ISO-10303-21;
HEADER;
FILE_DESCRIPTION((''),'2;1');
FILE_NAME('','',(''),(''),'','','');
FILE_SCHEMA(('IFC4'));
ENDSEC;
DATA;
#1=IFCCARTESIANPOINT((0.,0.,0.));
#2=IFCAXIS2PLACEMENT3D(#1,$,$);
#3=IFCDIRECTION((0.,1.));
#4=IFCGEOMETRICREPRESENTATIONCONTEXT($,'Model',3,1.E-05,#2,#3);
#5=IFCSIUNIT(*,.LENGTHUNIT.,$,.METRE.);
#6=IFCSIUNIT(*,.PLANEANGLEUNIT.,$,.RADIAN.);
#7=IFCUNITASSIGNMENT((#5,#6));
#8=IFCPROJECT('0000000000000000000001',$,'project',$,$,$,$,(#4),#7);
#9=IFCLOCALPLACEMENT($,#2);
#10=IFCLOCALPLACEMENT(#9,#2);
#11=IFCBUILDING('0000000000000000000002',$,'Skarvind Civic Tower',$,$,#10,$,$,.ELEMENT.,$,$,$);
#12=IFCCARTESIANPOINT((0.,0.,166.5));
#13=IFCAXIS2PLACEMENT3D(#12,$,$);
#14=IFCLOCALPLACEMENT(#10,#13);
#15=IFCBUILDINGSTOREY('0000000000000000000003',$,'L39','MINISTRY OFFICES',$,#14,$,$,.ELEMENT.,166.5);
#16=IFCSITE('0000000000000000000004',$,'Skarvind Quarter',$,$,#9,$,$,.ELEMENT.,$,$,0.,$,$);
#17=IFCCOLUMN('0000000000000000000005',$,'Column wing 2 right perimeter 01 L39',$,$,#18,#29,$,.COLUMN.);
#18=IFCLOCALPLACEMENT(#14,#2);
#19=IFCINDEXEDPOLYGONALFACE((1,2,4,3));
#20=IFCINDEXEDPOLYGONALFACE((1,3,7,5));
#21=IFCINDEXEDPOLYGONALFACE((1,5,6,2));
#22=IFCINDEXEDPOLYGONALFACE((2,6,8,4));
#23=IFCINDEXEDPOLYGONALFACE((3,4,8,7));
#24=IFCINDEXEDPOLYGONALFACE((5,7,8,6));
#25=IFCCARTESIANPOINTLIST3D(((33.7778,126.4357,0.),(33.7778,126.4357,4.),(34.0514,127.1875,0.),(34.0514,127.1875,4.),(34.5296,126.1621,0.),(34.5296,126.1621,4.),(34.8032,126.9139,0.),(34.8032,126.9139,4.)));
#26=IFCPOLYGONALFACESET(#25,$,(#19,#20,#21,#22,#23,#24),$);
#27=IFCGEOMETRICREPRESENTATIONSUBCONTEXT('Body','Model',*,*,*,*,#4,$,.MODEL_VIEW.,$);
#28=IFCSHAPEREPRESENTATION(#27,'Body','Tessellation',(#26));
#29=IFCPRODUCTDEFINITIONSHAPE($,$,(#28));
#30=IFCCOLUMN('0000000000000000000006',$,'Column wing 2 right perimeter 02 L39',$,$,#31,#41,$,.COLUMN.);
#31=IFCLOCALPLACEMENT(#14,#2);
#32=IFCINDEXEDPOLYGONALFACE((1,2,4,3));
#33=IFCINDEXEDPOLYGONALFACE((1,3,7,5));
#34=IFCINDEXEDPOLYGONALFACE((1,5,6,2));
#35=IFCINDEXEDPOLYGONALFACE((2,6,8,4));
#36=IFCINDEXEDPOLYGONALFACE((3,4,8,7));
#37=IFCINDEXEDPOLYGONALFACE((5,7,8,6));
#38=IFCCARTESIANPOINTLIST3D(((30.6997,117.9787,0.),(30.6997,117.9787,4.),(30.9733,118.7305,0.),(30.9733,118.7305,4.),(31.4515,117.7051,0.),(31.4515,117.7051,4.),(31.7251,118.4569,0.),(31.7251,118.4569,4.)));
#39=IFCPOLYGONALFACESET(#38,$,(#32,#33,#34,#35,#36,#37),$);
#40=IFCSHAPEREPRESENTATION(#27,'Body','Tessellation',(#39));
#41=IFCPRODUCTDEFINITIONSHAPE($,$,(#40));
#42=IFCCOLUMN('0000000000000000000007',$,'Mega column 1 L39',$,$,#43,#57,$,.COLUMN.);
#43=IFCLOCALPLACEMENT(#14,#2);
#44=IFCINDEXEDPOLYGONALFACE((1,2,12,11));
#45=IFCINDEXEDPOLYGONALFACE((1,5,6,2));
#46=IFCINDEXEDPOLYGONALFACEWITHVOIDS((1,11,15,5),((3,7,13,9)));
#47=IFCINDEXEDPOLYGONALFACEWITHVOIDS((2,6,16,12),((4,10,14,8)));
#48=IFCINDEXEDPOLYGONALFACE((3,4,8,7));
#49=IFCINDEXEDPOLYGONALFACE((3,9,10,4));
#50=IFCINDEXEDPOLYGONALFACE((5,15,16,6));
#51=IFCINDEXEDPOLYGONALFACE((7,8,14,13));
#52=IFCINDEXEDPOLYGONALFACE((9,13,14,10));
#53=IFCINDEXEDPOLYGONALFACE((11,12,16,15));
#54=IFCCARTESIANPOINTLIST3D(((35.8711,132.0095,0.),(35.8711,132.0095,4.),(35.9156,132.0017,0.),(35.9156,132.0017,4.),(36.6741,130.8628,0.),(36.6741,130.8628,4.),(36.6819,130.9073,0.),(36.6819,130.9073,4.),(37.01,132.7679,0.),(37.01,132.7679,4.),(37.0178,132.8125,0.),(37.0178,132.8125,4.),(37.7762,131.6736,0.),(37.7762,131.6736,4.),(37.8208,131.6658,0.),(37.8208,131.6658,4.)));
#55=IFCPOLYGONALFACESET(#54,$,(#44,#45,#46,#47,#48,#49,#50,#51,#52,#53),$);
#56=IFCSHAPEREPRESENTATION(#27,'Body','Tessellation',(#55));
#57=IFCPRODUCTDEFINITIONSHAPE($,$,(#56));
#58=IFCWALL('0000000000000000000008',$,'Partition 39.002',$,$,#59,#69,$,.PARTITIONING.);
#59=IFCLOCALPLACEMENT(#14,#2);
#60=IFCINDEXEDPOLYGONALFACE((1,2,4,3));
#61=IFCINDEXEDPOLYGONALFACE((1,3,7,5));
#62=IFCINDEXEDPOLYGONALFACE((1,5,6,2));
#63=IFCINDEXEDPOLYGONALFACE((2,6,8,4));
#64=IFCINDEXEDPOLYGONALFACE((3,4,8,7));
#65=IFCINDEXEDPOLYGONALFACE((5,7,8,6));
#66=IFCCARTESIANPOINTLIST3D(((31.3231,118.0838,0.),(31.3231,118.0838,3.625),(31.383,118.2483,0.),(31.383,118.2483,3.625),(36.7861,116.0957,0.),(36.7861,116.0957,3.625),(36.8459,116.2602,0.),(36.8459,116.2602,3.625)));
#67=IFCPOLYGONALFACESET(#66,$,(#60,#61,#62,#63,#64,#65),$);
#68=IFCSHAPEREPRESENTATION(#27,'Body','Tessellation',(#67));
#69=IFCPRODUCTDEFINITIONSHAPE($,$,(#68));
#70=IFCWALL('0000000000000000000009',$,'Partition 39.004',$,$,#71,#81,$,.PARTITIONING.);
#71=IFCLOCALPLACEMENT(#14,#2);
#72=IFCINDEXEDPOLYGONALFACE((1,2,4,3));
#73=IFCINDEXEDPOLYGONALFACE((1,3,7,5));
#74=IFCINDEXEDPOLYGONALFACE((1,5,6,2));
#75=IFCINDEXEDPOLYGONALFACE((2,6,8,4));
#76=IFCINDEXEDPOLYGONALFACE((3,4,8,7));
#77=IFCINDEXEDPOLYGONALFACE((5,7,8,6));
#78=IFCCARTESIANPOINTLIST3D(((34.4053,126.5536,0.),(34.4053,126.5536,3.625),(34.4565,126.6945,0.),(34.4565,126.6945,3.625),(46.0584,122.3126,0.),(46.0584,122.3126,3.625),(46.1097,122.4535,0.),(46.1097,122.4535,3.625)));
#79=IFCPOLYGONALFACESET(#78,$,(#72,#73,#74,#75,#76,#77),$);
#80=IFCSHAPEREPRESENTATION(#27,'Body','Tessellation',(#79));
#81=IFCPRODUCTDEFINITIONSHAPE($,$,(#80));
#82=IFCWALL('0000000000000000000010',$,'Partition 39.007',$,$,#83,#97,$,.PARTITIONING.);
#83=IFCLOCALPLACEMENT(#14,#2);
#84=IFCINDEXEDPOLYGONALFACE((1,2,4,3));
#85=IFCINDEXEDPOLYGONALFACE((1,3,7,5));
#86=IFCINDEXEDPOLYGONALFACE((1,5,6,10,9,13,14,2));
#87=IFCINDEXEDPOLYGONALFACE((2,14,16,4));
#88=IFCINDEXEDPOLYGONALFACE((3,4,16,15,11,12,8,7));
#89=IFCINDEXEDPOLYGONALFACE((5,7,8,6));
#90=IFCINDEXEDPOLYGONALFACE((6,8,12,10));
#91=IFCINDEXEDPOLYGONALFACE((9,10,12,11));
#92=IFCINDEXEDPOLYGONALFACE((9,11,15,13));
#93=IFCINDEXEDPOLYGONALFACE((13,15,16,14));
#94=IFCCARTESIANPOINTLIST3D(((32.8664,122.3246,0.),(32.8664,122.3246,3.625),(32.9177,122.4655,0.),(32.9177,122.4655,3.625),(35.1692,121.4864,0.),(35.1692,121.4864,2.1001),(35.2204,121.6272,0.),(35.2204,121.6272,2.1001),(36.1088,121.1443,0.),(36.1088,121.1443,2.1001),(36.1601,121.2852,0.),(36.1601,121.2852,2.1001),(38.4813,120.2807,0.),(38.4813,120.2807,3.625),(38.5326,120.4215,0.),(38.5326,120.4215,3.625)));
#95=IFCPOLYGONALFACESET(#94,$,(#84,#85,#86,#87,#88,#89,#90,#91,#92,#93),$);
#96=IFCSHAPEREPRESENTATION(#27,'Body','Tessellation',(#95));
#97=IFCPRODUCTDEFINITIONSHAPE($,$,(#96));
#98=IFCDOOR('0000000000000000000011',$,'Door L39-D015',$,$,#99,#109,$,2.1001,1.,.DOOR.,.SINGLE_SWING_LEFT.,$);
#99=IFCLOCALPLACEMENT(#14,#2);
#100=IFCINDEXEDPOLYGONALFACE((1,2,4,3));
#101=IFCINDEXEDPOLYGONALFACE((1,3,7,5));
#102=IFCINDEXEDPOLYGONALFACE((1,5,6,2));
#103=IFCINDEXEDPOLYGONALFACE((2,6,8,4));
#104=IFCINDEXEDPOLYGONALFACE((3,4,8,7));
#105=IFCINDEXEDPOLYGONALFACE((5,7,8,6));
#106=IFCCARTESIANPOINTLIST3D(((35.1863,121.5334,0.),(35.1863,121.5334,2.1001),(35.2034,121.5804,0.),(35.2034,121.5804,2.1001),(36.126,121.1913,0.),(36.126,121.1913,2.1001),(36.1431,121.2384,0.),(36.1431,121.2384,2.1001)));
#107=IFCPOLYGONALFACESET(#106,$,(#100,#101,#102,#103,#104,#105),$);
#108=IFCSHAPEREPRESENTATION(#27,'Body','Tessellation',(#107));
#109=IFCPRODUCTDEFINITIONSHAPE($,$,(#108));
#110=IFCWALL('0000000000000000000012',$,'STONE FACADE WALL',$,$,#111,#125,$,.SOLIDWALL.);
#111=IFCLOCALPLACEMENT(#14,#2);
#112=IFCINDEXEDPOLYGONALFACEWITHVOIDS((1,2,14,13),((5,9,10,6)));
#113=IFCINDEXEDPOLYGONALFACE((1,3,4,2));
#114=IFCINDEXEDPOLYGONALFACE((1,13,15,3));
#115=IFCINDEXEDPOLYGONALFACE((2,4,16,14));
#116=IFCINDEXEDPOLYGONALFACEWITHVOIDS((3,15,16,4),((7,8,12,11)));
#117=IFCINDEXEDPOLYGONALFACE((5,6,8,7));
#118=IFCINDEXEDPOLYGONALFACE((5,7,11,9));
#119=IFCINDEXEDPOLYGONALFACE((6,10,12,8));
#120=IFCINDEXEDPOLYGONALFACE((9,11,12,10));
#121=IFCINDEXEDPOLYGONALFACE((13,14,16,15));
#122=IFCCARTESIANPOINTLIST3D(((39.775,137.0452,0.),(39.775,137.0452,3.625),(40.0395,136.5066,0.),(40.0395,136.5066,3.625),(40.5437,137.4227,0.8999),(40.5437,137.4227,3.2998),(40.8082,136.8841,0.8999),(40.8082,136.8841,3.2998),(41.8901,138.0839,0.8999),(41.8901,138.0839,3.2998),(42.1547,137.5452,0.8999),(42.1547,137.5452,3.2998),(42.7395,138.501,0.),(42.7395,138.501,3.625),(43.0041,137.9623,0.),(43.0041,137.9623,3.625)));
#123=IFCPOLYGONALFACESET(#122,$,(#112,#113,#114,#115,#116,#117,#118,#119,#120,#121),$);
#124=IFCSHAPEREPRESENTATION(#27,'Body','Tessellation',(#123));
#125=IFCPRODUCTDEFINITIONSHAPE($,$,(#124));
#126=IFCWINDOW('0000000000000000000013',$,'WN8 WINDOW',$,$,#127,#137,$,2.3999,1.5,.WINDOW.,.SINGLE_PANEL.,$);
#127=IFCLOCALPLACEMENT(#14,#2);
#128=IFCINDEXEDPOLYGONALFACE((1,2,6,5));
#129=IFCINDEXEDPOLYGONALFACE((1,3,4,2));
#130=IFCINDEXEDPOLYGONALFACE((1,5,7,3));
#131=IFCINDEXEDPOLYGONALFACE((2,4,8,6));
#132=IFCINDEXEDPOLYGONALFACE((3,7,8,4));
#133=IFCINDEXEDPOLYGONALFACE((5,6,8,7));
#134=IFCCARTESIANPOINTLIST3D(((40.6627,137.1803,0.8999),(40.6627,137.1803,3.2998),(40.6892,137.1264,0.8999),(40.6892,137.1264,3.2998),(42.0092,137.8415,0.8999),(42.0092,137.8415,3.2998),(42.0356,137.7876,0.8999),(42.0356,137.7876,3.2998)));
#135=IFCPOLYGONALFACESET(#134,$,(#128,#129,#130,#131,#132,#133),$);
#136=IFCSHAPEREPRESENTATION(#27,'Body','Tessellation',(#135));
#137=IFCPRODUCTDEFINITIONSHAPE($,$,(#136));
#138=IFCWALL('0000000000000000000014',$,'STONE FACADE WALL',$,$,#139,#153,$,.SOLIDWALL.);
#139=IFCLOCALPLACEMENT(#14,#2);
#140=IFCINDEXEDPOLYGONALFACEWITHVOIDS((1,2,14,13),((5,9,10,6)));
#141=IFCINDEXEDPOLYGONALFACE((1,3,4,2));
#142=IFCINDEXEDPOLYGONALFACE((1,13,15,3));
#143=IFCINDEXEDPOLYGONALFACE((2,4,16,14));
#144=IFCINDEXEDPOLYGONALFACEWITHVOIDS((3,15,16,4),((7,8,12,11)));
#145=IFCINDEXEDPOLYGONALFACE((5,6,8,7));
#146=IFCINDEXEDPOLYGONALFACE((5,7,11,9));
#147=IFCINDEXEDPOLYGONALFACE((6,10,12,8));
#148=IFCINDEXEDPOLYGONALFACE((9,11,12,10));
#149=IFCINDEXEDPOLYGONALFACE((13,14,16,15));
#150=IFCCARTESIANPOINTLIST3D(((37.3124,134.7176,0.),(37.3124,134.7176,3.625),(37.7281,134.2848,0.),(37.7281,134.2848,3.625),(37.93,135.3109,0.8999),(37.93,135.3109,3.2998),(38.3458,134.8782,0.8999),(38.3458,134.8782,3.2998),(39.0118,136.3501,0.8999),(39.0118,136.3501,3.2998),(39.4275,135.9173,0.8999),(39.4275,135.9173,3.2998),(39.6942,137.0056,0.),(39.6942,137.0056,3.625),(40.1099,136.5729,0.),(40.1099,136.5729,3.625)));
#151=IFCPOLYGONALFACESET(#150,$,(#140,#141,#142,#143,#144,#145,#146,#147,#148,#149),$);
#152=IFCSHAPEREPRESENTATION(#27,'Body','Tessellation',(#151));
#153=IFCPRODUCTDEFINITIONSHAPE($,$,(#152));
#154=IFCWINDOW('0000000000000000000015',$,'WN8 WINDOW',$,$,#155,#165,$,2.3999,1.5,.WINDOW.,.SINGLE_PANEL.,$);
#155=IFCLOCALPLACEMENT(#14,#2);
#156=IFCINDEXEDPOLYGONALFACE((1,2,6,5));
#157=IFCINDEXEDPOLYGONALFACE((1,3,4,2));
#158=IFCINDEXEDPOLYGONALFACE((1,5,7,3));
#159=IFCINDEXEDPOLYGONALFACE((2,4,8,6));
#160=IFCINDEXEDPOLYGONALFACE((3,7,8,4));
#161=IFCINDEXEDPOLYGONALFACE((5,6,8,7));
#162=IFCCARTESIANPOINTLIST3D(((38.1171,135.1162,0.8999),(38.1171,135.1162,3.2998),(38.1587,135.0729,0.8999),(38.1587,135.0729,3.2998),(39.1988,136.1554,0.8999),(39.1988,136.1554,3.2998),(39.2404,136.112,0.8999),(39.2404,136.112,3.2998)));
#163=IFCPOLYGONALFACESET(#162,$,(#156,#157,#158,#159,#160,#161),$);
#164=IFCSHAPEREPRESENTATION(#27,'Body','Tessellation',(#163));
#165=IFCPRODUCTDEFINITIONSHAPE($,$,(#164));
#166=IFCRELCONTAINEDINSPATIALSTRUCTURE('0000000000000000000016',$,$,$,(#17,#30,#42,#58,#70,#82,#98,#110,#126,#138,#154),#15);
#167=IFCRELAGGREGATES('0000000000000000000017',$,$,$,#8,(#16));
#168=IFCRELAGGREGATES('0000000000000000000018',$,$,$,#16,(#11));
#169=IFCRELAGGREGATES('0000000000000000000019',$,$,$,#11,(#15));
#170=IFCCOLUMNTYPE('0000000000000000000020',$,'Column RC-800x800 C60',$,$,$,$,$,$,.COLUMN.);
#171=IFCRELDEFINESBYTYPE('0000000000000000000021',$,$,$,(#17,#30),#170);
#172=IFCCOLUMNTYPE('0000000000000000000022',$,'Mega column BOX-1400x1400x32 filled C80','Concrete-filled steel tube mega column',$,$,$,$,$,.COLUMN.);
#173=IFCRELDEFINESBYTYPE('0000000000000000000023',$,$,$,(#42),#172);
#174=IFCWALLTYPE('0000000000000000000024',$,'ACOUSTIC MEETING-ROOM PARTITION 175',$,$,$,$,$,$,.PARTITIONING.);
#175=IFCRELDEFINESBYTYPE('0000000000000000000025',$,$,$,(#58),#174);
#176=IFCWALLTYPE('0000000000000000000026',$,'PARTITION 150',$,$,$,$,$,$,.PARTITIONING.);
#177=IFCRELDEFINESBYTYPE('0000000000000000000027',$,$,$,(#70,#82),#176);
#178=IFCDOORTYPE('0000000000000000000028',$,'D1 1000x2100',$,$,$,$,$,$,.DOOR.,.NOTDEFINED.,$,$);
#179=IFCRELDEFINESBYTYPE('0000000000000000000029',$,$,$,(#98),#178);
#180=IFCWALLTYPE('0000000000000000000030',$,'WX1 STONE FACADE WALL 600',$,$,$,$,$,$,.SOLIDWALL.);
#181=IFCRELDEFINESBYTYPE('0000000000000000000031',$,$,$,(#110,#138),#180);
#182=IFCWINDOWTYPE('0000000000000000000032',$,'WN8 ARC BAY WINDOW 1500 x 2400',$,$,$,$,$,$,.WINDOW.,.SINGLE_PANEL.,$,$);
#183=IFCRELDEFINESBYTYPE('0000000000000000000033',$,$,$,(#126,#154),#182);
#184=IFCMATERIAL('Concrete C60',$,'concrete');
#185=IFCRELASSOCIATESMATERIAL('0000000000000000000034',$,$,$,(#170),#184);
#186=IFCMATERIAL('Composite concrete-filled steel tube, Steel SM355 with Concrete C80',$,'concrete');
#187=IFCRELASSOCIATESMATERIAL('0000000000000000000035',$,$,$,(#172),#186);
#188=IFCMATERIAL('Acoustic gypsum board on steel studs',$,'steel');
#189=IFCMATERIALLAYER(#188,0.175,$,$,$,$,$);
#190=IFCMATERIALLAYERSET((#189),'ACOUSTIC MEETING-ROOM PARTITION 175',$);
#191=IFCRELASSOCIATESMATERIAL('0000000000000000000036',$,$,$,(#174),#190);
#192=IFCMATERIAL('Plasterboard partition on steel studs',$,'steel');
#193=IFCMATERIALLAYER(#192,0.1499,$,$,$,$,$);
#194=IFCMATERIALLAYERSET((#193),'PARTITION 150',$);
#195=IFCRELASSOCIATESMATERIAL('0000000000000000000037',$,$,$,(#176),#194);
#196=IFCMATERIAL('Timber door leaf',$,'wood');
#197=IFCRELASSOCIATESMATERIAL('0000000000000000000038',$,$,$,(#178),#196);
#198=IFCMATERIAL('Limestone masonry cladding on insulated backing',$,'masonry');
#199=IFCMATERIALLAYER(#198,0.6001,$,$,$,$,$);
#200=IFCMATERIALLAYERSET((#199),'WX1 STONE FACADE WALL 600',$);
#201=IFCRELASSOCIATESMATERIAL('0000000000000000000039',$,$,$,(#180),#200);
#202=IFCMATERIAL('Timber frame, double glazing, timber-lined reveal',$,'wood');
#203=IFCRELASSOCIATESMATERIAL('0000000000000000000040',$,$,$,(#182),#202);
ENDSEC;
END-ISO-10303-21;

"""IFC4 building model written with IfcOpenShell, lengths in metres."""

from ifc_helpers import new_model, si_unit, direction, frame, frame_2d, origin, origin_2d, place, context, subcontext, project, spatial, rectangle, hollow_rectangle, extrude, material, layer, layer_set, material_profile, profile_set, type_object, element, fill, save


model = new_model("IFC4")

# Units and contexts
model_context = context("Model", 3, precision=1e-05, world=origin(), true_north=direction((0.0, 1.0)))
body_context = subcontext(model_context, "Body", "Model", "MODEL_VIEW")
ifc_project = project(units=[si_unit("LENGTHUNIT", "METRE"), si_unit("PLANEANGLEUNIT", "RADIAN")], contexts=[model_context])

# Site, building, storey
site_placement = place(None, origin())
site = spatial("IfcSite", under=ifc_project, at=site_placement, Name="Skarvind Quarter", CompositionType="ELEMENT", RefElevation=0.0)
building_placement = place(site_placement, origin())
building = spatial("IfcBuilding", under=site, at=building_placement, Name="Skarvind Civic Tower", CompositionType="ELEMENT")
storey_placement = place(building_placement, frame((0.0, 0.0, 166.5)))
storey = spatial("IfcBuildingStorey", under=building, at=storey_placement, Name="L39", Description="MINISTRY OFFICES", CompositionType="ELEMENT", Elevation=166.5)

# Columns
ifc_material_1 = material(Name="Concrete C60", Category="concrete")
ifc_material_profile_1 = material_profile(ifc_material_1, rectangle(XDim=0.8, YDim=0.8, at=origin_2d()), Name="RC-800x800")
ifc_profile_set_1 = profile_set([ifc_material_profile_1], Name="Concrete C60")
column_type_1 = type_object("IfcColumnType", Name="Column RC-800x800 C60", PredefinedType="COLUMN", material=ifc_profile_set_1)
for number, where, z_axis, x_axis, name in (
    (1, (34.2905, 126.6748, 0.0), (0.0, 0.0, 1.0), (-0.34202, -0.939693, 0.0), "Column wing 2 right perimeter 01 L39"),
    (2, (31.2124, 118.2178, 0.0), (0.0, 0.0, 1.0), (-0.34202, -0.939693, 0.0), "Column wing 2 right perimeter 02 L39"),
):
    element("IfcColumn", number, at=place(storey_placement, frame(where, z_axis=z_axis, x_axis=x_axis)), inside=storey, type_object=column_type_1, Name=name, PredefinedType="COLUMN", context=body_context, shape_type="SweptSolid", body=[
        extrude(rectangle(XDim=0.8, YDim=0.8, at=origin_2d()), origin(), (0.0, 0.0, 1.0), 4.0),
    ])
ifc_material_2 = material(Name="Composite concrete-filled steel tube, Steel SM355 with Concrete C80", Category="concrete")
ifc_material_profile_2 = material_profile(ifc_material_2, hollow_rectangle(XDim=1.3999, YDim=1.3999, WallThickness=0.032, at=origin_2d()), Name="BOX-1400x1400x32")
ifc_profile_set_2 = profile_set([ifc_material_profile_2], Name="Composite concrete-filled steel tube, Steel SM355 with Concrete C80")
column_type_2 = type_object("IfcColumnType", Name="Mega column BOX-1400x1400x32 filled C80", Description="Concrete-filled steel tube mega column", PredefinedType="COLUMN", material=ifc_profile_set_2)
column_placement = place(storey_placement, frame((36.8459, 131.8376, 0.0), z_axis=(0.0, 0.0, 1.0), x_axis=(0.573576, -0.819152, 0.0)))
element("IfcColumn", 3, at=column_placement, inside=storey, type_object=column_type_2, Name="Mega column 1 L39", PredefinedType="COLUMN", context=body_context, shape_type="SweptSolid", body=[
    extrude(hollow_rectangle(XDim=1.3999, YDim=1.3999, WallThickness=0.032, at=origin_2d()), origin(), (0.0, 0.0, 1.0), 4.0),
])

# Walls
ifc_material_3 = material(Name="Acoustic gypsum board on steel studs", Category="steel")
ifc_layer_1 = layer(ifc_material_3, 0.175)
ifc_layer_set_1 = layer_set([ifc_layer_1], Name="ACOUSTIC MEETING-ROOM PARTITION 175")
wall_type_1 = type_object("IfcWallType", Name="ACOUSTIC MEETING-ROOM PARTITION 175", PredefinedType="PARTITIONING", material=ifc_layer_set_1)
wall_1_placement = place(storey_placement, frame((31.353, 118.166, 0.0), z_axis=(0.0, 0.0, 1.0), x_axis=(0.939709, -0.341976, 0.0)))
element("IfcWall", 4, at=wall_1_placement, inside=storey, type_object=wall_type_1, Name="Partition 39.002", PredefinedType="PARTITIONING", context=body_context, shape_type="SweptSolid", body=[
    extrude(rectangle(XDim=5.8135, YDim=0.175, at=frame_2d((2.9067, 0.0))), origin(), (0.0, 0.0, 1.0), 3.625),
])
ifc_material_4 = material(Name="Plasterboard partition on steel studs", Category="steel")
ifc_layer_2 = layer(ifc_material_4, 0.1499)
ifc_layer_set_2 = layer_set([ifc_layer_2], Name="PARTITION 150")
wall_type_2 = type_object("IfcWallType", Name="PARTITION 150", PredefinedType="PARTITIONING", material=ifc_layer_set_2)
wall_2_placement = place(storey_placement, frame((34.4309, 126.624, 0.0), z_axis=(0.0, 0.0, 1.0), x_axis=(0.939703, -0.341991, 0.0)))
element("IfcWall", 5, at=wall_2_placement, inside=storey, type_object=wall_type_2, Name="Partition 39.004", PredefinedType="PARTITIONING", context=body_context, shape_type="SweptSolid", body=[
    extrude(rectangle(XDim=12.4009, YDim=0.1499, at=frame_2d((6.2004, 0.0))), origin(), (0.0, 0.0, 1.0), 3.625),
])

# Wall, opening, door
wall_3_placement = place(storey_placement, frame((38.5071, 120.3511, 0.0), z_axis=(0.0, 0.0, 1.0), x_axis=(-0.939679, 0.342058, 0.0)))
wall_3 = element("IfcWall", 6, at=wall_3_placement, inside=storey, type_object=wall_type_2, Name="Partition 39.007", PredefinedType="PARTITIONING", context=body_context, shape_type="SweptSolid", body=[
    extrude(rectangle(XDim=5.9753, YDim=0.1499, at=frame_2d((2.9878, 0.0))), origin(), (0.0, 0.0, 1.0), 3.625),
])
opening_1_placement = place(wall_3_placement, frame((2.5249, 0.0, 0.0)))
opening_1 = element("IfcOpeningElement", 7, at=opening_1_placement, cuts=wall_3, PredefinedType="OPENING", context=body_context, shape_type="SweptSolid", body=[
    extrude(rectangle(XDim=1.0, YDim=2.1001, at=frame_2d((0.5, 1.05))), frame((0.0, 0.085, 0.0), z_axis=(0.0, -1.0, 0.0), x_axis=(1.0, 0.0, 0.0)), (0.0, 0.0, 1.0), 0.1699),
])
ifc_material_5 = material(Name="Timber door leaf", Category="wood")
door_type = type_object("IfcDoorType", Name="D1 1000x2100", OperationType="NOTDEFINED", PredefinedType="DOOR", material=ifc_material_5)
door_placement = place(opening_1_placement, origin())
door = element("IfcDoor", 8, at=door_placement, inside=storey, type_object=door_type, Name="Door L39-D015", OperationType="SINGLE_SWING_LEFT", OverallHeight=2.1001, OverallWidth=1.0, PredefinedType="DOOR", context=body_context, shape_type="SweptSolid", body=[
    extrude(rectangle(XDim=1.0, YDim=2.1001, at=frame_2d((0.5, 1.05))), frame((0.0, 0.0249, 0.0), z_axis=(0.0, -1.0, 0.0), x_axis=(1.0, 0.0, 0.0)), (0.0, 0.0, 1.0), 0.05),
])
fill(opening_1, door)

# Walls, openings, windows
ifc_material_6 = material(Name="Limestone masonry cladding on insulated backing", Category="masonry")
ifc_layer_3 = layer(ifc_material_6, 0.6001)
ifc_layer_set_3 = layer_set([ifc_layer_3], Name="WX1 STONE FACADE WALL 600")
wall_type_3 = type_object("IfcWallType", Name="WX1 STONE FACADE WALL 600", PredefinedType="SOLIDWALL", material=ifc_layer_set_3)
wall_4_placement = place(storey_placement, frame((39.9072, 136.7759, 0.0), z_axis=(0.0, 0.0, 1.0), x_axis=(0.897612, 0.440786, 0.0)))
wall_4 = element("IfcWall", 9, at=wall_4_placement, inside=storey, type_object=wall_type_3, Name="STONE FACADE WALL", PredefinedType="SOLIDWALL", context=body_context, shape_type="SweptSolid", body=[
    extrude(rectangle(XDim=3.3027, YDim=0.6001, at=frame_2d((1.6514, 0.0))), origin(), (0.0, 0.0, 1.0), 3.625),
])
opening_2_placement = place(wall_4_placement, frame((0.8564, 0.0, 0.8999)))
opening_2 = element("IfcOpeningElement", 10, at=opening_2_placement, cuts=wall_4, PredefinedType="OPENING", context=body_context, shape_type="SweptSolid", body=[
    extrude(rectangle(XDim=1.5, YDim=2.3999, at=frame_2d((0.75, 1.2))), frame((0.0, 0.3101, 0.0), z_axis=(0.0, -1.0, 0.0), x_axis=(1.0, 0.0, 0.0)), (0.0, 0.0, 1.0), 0.6201),
])
ifc_material_7 = material(Name="Timber frame, double glazing, timber-lined reveal", Category="wood")
window_type = type_object("IfcWindowType", Name="WN8 ARC BAY WINDOW 1500 x 2400", PartitioningType="SINGLE_PANEL", PredefinedType="WINDOW", material=ifc_material_7)
window_1_placement = place(opening_2_placement, origin())
window_1 = element("IfcWindow", 11, at=window_1_placement, inside=storey, type_object=window_type, Name="WN8 WINDOW", OverallHeight=2.3999, OverallWidth=1.5, PartitioningType="SINGLE_PANEL", PredefinedType="WINDOW", context=body_context, shape_type="SweptSolid", body=[
    extrude(rectangle(XDim=1.5, YDim=2.3999, at=frame_2d((0.75, 1.2))), frame((0.0, 0.03, 0.0), z_axis=(0.0, -1.0, 0.0), x_axis=(1.0, 0.0, 0.0)), (0.0, 0.0, 1.0), 0.0601),
])
fill(opening_2, window_1)
wall_5_placement = place(storey_placement, frame((37.5203, 134.5012, 0.0), z_axis=(0.0, 0.0, 1.0), x_axis=(0.721157, 0.692772, 0.0)))
wall_5 = element("IfcWall", 12, at=wall_5_placement, inside=storey, type_object=wall_type_3, Name="STONE FACADE WALL", PredefinedType="SOLIDWALL", context=body_context, shape_type="SweptSolid", body=[
    extrude(rectangle(XDim=3.3027, YDim=0.6001, at=frame_2d((1.6514, 0.0))), origin(), (0.0, 0.0, 1.0), 3.625),
])
opening_3_placement = place(wall_5_placement, frame((0.8564, 0.0, 0.8999)))
opening_3 = element("IfcOpeningElement", 13, at=opening_3_placement, cuts=wall_5, PredefinedType="OPENING", context=body_context, shape_type="SweptSolid", body=[
    extrude(rectangle(XDim=1.5, YDim=2.3999, at=frame_2d((0.75, 1.2))), frame((0.0, 0.3101, 0.0), z_axis=(0.0, -1.0, 0.0), x_axis=(1.0, 0.0, 0.0)), (0.0, 0.0, 1.0), 0.6201),
])
window_2_placement = place(opening_3_placement, origin())
window_2 = element("IfcWindow", 14, at=window_2_placement, inside=storey, type_object=window_type, Name="WN8 WINDOW", OverallHeight=2.3999, OverallWidth=1.5, PartitioningType="SINGLE_PANEL", PredefinedType="WINDOW", context=body_context, shape_type="SweptSolid", body=[
    extrude(rectangle(XDim=1.5, YDim=2.3999, at=frame_2d((0.75, 1.2))), frame((0.0, 0.03, 0.0), z_axis=(0.0, -1.0, 0.0), x_axis=(1.0, 0.0, 0.0)), (0.0, 0.0, 1.0), 0.0601),
])
fill(opening_3, window_2)

save(model, "model.ifc")
